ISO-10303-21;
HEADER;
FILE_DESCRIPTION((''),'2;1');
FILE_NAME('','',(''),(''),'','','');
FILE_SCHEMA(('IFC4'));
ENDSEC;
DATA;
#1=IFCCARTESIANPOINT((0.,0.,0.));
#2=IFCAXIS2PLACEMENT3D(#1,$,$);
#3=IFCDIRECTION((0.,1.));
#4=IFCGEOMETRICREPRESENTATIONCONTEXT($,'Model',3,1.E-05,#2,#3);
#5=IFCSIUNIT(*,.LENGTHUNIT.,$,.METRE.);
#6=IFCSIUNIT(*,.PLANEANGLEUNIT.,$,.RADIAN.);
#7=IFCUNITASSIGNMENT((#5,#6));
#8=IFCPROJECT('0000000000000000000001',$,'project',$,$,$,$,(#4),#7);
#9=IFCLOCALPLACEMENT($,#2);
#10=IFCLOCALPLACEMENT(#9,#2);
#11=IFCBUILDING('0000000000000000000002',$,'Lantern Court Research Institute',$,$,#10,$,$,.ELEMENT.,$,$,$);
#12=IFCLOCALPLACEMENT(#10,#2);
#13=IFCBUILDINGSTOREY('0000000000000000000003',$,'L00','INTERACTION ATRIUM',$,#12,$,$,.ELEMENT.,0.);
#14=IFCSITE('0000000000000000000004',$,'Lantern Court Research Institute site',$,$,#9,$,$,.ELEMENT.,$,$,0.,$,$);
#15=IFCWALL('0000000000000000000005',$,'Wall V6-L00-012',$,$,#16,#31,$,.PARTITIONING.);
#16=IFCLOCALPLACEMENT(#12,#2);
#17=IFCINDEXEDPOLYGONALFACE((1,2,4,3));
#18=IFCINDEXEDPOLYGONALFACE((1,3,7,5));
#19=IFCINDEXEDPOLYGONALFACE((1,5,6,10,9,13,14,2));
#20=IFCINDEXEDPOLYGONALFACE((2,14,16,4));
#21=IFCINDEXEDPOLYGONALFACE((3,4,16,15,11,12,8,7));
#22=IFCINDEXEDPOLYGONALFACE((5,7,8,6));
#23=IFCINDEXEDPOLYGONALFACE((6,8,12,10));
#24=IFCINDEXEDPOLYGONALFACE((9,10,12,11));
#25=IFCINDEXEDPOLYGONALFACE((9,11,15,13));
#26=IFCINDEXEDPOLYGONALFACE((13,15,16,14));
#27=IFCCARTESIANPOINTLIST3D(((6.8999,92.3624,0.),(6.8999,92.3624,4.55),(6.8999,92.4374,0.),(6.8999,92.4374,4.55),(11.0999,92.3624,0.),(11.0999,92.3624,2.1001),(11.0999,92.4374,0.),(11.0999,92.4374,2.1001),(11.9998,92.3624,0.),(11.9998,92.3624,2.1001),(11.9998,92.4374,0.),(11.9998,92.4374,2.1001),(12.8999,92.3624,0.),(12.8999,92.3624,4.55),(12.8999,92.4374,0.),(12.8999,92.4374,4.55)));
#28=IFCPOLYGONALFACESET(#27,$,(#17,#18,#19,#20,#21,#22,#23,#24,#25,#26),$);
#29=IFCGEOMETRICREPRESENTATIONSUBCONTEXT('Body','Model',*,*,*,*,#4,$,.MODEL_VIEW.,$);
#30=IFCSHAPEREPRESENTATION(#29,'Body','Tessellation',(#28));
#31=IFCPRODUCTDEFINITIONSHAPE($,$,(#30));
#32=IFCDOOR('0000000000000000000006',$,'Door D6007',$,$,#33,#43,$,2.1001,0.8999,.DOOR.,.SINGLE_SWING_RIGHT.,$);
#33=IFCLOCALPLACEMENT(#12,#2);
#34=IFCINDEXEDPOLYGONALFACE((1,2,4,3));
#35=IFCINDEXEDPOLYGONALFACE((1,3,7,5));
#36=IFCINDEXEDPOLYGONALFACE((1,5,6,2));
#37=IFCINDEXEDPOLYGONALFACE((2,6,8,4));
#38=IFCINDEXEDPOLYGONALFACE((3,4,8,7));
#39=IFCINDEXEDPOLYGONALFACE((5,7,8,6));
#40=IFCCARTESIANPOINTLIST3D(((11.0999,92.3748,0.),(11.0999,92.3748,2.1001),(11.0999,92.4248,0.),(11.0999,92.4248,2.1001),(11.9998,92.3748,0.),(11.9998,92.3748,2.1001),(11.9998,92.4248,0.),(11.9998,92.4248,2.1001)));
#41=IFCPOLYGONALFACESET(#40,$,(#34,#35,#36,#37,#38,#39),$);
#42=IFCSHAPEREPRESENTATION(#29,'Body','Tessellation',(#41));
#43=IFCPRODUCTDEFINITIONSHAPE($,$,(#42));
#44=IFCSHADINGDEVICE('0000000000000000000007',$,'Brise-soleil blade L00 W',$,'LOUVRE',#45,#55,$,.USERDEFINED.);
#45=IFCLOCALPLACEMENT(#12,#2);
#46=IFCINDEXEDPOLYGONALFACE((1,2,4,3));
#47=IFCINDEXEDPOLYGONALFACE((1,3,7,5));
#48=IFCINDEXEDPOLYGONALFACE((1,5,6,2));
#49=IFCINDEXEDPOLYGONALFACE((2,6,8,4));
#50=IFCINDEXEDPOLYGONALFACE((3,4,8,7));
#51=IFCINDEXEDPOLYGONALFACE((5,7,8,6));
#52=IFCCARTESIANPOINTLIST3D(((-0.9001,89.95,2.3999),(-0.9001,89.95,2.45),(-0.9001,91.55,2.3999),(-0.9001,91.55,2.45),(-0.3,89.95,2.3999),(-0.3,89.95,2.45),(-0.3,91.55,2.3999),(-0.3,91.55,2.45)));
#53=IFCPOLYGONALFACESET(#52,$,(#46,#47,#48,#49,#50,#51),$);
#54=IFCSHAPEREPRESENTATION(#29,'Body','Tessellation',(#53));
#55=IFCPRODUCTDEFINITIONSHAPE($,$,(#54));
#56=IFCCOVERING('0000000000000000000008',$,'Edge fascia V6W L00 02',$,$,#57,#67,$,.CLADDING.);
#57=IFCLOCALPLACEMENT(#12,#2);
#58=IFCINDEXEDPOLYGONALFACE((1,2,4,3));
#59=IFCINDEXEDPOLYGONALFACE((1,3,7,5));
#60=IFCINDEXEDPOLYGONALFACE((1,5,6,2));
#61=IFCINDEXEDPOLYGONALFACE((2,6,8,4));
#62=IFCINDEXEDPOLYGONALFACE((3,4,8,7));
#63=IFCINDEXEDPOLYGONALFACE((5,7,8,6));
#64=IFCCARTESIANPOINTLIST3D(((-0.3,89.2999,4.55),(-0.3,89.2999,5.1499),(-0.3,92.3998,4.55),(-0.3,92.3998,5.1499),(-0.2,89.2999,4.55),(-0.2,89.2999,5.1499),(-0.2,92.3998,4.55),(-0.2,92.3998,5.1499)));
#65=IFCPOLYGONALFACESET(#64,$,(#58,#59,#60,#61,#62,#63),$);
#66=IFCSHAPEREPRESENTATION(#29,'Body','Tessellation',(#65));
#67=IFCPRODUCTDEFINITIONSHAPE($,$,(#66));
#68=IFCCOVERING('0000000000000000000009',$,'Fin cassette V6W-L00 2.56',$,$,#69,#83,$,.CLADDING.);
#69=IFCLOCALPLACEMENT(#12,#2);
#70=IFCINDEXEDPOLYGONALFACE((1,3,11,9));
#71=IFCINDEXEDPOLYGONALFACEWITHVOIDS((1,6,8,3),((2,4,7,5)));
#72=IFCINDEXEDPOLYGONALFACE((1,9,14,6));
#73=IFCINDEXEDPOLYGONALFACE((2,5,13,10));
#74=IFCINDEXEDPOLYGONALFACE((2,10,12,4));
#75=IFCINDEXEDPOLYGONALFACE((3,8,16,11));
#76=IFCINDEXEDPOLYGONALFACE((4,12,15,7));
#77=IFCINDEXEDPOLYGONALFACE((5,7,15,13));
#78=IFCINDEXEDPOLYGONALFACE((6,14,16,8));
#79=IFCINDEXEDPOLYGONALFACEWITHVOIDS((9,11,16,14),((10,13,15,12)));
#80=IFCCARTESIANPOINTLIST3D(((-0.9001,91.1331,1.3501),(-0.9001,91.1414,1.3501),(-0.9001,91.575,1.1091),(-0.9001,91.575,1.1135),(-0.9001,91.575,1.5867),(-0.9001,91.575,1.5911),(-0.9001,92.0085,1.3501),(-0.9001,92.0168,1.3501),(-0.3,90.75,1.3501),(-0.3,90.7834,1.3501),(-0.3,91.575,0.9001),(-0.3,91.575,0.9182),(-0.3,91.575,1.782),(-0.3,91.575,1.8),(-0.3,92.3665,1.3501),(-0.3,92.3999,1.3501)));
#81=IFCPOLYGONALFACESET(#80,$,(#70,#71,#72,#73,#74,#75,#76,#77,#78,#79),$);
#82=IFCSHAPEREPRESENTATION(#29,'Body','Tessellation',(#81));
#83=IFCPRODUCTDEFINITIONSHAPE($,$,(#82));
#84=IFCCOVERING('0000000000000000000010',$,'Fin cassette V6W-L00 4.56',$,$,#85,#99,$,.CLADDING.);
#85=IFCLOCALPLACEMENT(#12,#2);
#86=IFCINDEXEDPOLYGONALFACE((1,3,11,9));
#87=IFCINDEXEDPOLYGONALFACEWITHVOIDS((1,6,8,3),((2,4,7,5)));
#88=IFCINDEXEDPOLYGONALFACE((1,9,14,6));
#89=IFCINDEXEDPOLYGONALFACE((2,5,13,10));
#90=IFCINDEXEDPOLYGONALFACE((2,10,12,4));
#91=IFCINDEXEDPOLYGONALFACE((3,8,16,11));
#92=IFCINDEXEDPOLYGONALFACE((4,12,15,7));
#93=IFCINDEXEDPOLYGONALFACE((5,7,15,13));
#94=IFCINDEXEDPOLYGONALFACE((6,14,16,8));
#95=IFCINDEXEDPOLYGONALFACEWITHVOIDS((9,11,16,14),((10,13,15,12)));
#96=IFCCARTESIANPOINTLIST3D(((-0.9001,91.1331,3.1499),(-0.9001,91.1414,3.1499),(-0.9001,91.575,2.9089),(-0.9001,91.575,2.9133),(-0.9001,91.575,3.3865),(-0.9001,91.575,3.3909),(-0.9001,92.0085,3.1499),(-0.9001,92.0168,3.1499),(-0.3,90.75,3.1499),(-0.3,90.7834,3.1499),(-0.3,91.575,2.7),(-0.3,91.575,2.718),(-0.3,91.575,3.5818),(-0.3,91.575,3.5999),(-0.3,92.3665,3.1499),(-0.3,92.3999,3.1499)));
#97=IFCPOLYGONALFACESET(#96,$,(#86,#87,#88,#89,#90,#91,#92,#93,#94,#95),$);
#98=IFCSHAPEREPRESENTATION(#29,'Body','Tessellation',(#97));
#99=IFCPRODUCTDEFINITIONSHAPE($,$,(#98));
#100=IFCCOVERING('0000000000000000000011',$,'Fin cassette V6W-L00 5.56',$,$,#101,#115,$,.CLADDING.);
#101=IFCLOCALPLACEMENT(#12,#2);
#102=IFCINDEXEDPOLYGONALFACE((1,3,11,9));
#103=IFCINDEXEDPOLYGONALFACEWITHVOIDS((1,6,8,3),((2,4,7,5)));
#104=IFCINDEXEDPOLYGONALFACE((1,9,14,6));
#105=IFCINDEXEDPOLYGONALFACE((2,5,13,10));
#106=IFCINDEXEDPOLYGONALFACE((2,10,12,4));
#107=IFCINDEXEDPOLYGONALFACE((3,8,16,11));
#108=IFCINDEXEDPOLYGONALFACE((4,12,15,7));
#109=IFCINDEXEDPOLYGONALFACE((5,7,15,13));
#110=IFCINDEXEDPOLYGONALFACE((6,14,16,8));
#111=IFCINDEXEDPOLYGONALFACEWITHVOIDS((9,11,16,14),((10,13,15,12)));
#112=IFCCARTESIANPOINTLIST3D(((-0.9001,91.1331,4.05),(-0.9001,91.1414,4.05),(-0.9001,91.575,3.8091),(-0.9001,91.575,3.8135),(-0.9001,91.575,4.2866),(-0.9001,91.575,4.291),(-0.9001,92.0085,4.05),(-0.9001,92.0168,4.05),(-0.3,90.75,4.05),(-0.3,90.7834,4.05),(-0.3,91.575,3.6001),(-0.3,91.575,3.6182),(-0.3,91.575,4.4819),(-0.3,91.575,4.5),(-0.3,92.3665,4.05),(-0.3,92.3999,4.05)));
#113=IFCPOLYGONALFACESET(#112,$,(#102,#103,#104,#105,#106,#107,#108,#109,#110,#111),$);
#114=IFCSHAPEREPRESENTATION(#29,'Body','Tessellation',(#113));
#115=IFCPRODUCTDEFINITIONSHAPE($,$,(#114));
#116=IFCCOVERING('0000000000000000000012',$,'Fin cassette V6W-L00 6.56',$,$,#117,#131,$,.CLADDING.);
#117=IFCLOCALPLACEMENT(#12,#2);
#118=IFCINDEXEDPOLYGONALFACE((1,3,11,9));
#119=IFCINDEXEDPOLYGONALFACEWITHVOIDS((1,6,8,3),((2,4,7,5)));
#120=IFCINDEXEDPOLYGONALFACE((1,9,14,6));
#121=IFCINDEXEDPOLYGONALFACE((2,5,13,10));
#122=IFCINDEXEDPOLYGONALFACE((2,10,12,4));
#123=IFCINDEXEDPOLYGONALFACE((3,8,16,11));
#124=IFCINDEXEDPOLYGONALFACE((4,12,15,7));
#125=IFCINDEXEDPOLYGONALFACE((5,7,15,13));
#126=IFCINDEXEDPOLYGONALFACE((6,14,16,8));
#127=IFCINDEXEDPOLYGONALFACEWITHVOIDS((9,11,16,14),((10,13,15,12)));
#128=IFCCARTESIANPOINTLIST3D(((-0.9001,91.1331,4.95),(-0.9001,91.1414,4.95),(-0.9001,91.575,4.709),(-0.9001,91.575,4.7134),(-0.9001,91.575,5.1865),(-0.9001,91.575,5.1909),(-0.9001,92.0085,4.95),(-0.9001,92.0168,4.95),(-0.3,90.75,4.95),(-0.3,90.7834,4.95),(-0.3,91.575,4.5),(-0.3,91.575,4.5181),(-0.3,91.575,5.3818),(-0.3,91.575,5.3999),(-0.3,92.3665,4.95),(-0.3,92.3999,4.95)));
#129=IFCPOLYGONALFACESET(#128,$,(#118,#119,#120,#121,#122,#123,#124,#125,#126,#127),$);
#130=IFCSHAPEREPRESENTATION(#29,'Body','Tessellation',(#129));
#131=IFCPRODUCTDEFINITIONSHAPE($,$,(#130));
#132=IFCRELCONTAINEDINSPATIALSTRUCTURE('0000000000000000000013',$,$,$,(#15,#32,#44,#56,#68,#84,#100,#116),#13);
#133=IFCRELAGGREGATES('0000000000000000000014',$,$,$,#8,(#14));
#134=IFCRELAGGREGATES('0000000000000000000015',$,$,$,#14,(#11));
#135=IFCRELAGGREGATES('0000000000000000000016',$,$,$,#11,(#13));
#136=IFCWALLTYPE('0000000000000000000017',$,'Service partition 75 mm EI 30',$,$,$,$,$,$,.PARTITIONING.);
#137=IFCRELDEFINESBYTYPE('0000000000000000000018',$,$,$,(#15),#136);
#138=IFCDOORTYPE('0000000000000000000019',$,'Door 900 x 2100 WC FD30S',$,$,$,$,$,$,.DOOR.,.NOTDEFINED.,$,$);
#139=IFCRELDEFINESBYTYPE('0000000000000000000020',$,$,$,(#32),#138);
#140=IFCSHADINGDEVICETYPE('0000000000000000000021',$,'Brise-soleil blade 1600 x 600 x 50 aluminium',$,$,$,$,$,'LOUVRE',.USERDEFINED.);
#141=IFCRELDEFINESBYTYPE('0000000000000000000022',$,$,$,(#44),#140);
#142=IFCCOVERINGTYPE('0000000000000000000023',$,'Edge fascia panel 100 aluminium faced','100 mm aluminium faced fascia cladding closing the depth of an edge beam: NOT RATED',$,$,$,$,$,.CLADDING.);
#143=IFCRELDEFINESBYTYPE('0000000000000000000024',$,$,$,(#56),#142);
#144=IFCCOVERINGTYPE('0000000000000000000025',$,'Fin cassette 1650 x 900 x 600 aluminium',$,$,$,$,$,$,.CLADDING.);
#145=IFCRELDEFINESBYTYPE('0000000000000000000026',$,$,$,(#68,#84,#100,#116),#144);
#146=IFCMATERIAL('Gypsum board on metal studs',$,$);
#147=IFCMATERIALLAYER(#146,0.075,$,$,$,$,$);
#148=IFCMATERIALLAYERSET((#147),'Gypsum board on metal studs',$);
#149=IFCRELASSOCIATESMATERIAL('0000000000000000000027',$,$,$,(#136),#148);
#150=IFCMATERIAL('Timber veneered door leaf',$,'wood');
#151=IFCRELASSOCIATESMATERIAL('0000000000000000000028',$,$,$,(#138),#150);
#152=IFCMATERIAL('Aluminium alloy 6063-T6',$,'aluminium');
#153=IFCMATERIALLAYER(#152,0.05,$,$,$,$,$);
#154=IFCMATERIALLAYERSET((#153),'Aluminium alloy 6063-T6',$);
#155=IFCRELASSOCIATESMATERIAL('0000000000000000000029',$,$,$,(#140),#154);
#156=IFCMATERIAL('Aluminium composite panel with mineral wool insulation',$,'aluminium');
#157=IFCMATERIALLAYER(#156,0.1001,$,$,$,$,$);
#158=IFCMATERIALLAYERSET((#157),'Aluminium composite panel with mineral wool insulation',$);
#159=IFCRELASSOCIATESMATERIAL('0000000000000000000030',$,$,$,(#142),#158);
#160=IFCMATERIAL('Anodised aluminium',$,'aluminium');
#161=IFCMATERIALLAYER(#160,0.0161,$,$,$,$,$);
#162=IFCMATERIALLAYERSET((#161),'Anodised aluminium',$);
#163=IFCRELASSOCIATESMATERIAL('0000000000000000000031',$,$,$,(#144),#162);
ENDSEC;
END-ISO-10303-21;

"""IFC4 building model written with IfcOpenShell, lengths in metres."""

from ifc_helpers import new_model, entity, si_unit, direction, frame, frame_2d, origin, origin_2d, place, context, subcontext, project, spatial, rectangle, extrude, material, layer, layer_set, type_object, element, fill, save


model = new_model("IFC4")

# Units and contexts
model_context = context("Model", 3, precision=1e-05, world=origin(), true_north=direction((0.0, 1.0)))
body_context = subcontext(model_context, "Body", "Model", "MODEL_VIEW")
ifc_project = project(units=[si_unit("LENGTHUNIT", "METRE"), si_unit("PLANEANGLEUNIT", "RADIAN")], contexts=[model_context])

# Site, building, storey
site_placement = place(None, origin())
site = spatial("IfcSite", under=ifc_project, at=site_placement, Name="Lantern Court Research Institute site", CompositionType="ELEMENT", RefElevation=0.0)
building_placement = place(site_placement, origin())
building = spatial("IfcBuilding", under=site, at=building_placement, Name="Lantern Court Research Institute", CompositionType="ELEMENT")
storey_placement = place(building_placement, origin())
storey = spatial("IfcBuildingStorey", under=building, at=storey_placement, Name="L00", Description="INTERACTION ATRIUM", CompositionType="ELEMENT", Elevation=0.0)

# Wall, opening, door
ifc_material_1 = material(Name="Gypsum board on metal studs")
ifc_layer_1 = layer(ifc_material_1, 0.075)
ifc_layer_set_1 = layer_set([ifc_layer_1], Name="Gypsum board on metal studs")
wall_type_1 = type_object("IfcWallType", Name="Service partition 75 mm EI 30", PredefinedType="PARTITIONING", material=ifc_layer_set_1)
wall_1_placement = place(storey_placement, frame((6.8999, 92.3999, 0.0), z_axis=(0.0, 0.0, 1.0), x_axis=(1.0, 0.0, 0.0)))
wall_1 = element("IfcWall", 1, at=wall_1_placement, inside=storey, type_object=wall_type_1, Name="Wall V6-L00-012", PredefinedType="PARTITIONING", context=body_context, shape_type="SweptSolid", body=[
    extrude(rectangle(XDim=6.0, YDim=0.075, at=frame_2d((3.0, 0.0))), origin(), (0.0, 0.0, 1.0), 4.55),
])
opening_1_placement = place(wall_1_placement, frame((4.2, 0.0, 0.0)))
opening_1 = element("IfcOpeningElement", 2, at=opening_1_placement, cuts=wall_1, PredefinedType="OPENING", context=body_context, shape_type="SweptSolid", body=[
    extrude(rectangle(XDim=0.8999, YDim=2.1001, at=frame_2d((0.45, 1.05))), frame((0.0, 0.0474, 0.0), z_axis=(0.0, -1.0, 0.0), x_axis=(1.0, 0.0, 0.0)), (0.0, 0.0, 1.0), 0.095),
])
ifc_material_2 = material(Name="Timber veneered door leaf", Category="wood")
door_type_1 = type_object("IfcDoorType", Name="Door 900 x 2100 WC FD30S", OperationType="NOTDEFINED", PredefinedType="DOOR", material=ifc_material_2)
door_1_placement = place(opening_1_placement, origin())
door_1 = element("IfcDoor", 3, at=door_1_placement, inside=storey, type_object=door_type_1, Name="Door D6007", OperationType="SINGLE_SWING_RIGHT", OverallHeight=2.1001, OverallWidth=0.8999, PredefinedType="DOOR", context=body_context, shape_type="SweptSolid", body=[
    extrude(rectangle(XDim=0.8999, YDim=2.1001, at=frame_2d((0.45, 1.05))), frame((0.0, 0.0249, 0.0), z_axis=(0.0, -1.0, 0.0), x_axis=(1.0, 0.0, 0.0)), (0.0, 0.0, 1.0), 0.05),
])
fill(opening_1, door_1)

# Shading device
ifc_material_3 = material(Name="Aluminium alloy 6063-T6", Category="aluminium")
ifc_layer_2 = layer(ifc_material_3, 0.05)
ifc_layer_set_2 = layer_set([ifc_layer_2], Name="Aluminium alloy 6063-T6")
shading_device_type = type_object("IfcShadingDeviceType", Name="Brise-soleil blade 1600 x 600 x 50 aluminium", ElementType="LOUVRE", PredefinedType="USERDEFINED", material=ifc_layer_set_2)
shading_device_placement = place(storey_placement, frame((-0.6001, 90.75, 2.3999), z_axis=(0.0, 0.0, 1.0), x_axis=(0.0, 1.0, 0.0)))
element("IfcShadingDevice", 4, at=shading_device_placement, inside=storey, type_object=shading_device_type, Name="Brise-soleil blade L00 W", ObjectType="LOUVRE", PredefinedType="USERDEFINED", context=body_context, shape_type="SweptSolid", body=[
    extrude(rectangle(XDim=1.6001, YDim=0.6001, at=origin_2d()), origin(), (0.0, 0.0, 1.0), 0.05),
])

# Coverings
ifc_material_4 = material(Name="Aluminium composite panel with mineral wool insulation", Category="aluminium")
ifc_layer_3 = layer(ifc_material_4, 0.1001)
ifc_layer_set_3 = layer_set([ifc_layer_3], Name="Aluminium composite panel with mineral wool insulation")
covering_type_1 = type_object("IfcCoveringType", Name="Edge fascia panel 100 aluminium faced", Description="100 mm aluminium faced fascia cladding closing the depth of an edge beam: NOT RATED", PredefinedType="CLADDING", material=ifc_layer_set_3)
covering_1_placement = place(storey_placement, frame((-0.25, 89.3, 4.55), z_axis=(0.0, 0.0, 1.0), x_axis=(0.0, 1.0, 0.0)))
element("IfcCovering", 5, at=covering_1_placement, inside=storey, type_object=covering_type_1, Name="Edge fascia V6W L00 02", PredefinedType="CLADDING", context=body_context, shape_type="SweptSolid", body=[
    extrude(rectangle(XDim=3.0999, YDim=0.1001, at=frame_2d((1.5498, 0.0))), origin(), (0.0, 0.0, 1.0), 0.5999),
])
ifc_material_5 = material(Name="Anodised aluminium", Category="aluminium")
ifc_layer_4 = layer(ifc_material_5, 0.0161)
ifc_layer_set_4 = layer_set([ifc_layer_4], Name="Anodised aluminium")
covering_type_2 = type_object("IfcCoveringType", Name="Fin cassette 1650 x 900 x 600 aluminium", PredefinedType="CLADDING", material=ifc_layer_set_4)
covering_2_placement = place(storey_placement, frame((-0.3, 91.575, 1.3501), z_axis=(-1.0, 0.0, 0.0), x_axis=(0.0, -1.0, 0.0)))
cartesian_point_1 = entity("IfcCartesianPoint", [0.825, 0.0])
cartesian_point_2 = entity("IfcCartesianPoint", [0.7915, 0.0])
cartesian_point_3 = entity("IfcCartesianPoint", [0.4419, 0.0])
cartesian_point_4 = entity("IfcCartesianPoint", [0.4336, 0.0])
element("IfcCovering", 6, at=covering_2_placement, inside=storey, type_object=covering_type_2, Name="Fin cassette V6W-L00 2.56", PredefinedType="CLADDING", context=body_context, shape_type="SweptSolid", body=[
    entity("IfcExtrudedAreaSolidTapered", entity("IfcArbitraryProfileDefWithVoids", "AREA", None, entity("IfcPolyline", [cartesian_point_1, entity("IfcCartesianPoint", [0.0, 0.45]), entity("IfcCartesianPoint", [-0.825, 0.0]), entity("IfcCartesianPoint", [0.0, -0.45]), cartesian_point_1]), [entity("IfcPolyline", [cartesian_point_2, entity("IfcCartesianPoint", [0.0, 0.4319]), entity("IfcCartesianPoint", [-0.7915, 0.0]), entity("IfcCartesianPoint", [0.0, -0.4319]), cartesian_point_2])]), entity("IfcAxis2Placement3D", entity("IfcCartesianPoint", [0.0, 0.0, 0.0])), entity("IfcDirection", [0.0, 0.0, 1.0]), 0.6001, entity("IfcArbitraryProfileDefWithVoids", "AREA", None, entity("IfcPolyline", [cartesian_point_3, entity("IfcCartesianPoint", [0.0, 0.241]), entity("IfcCartesianPoint", [-0.4419, 0.0]), entity("IfcCartesianPoint", [0.0, -0.241]), cartesian_point_3]), [entity("IfcPolyline", [cartesian_point_4, entity("IfcCartesianPoint", [0.0, 0.2366]), entity("IfcCartesianPoint", [-0.4336, 0.0]), entity("IfcCartesianPoint", [0.0, -0.2366]), cartesian_point_4])])),
])
covering_3_placement = place(storey_placement, frame((-0.3, 91.575, 3.1499), z_axis=(-1.0, 0.0, 0.0), x_axis=(0.0, -1.0, 0.0)))
cartesian_point_5 = entity("IfcCartesianPoint", [0.825, 0.0])
cartesian_point_6 = entity("IfcCartesianPoint", [0.7915, 0.0])
cartesian_point_7 = entity("IfcCartesianPoint", [0.4419, 0.0])
cartesian_point_8 = entity("IfcCartesianPoint", [0.4336, 0.0])
element("IfcCovering", 7, at=covering_3_placement, inside=storey, type_object=covering_type_2, Name="Fin cassette V6W-L00 4.56", PredefinedType="CLADDING", context=body_context, shape_type="SweptSolid", body=[
    entity("IfcExtrudedAreaSolidTapered", entity("IfcArbitraryProfileDefWithVoids", "AREA", None, entity("IfcPolyline", [cartesian_point_5, entity("IfcCartesianPoint", [0.0, 0.45]), entity("IfcCartesianPoint", [-0.825, 0.0]), entity("IfcCartesianPoint", [0.0, -0.45]), cartesian_point_5]), [entity("IfcPolyline", [cartesian_point_6, entity("IfcCartesianPoint", [0.0, 0.4319]), entity("IfcCartesianPoint", [-0.7915, 0.0]), entity("IfcCartesianPoint", [0.0, -0.4319]), cartesian_point_6])]), entity("IfcAxis2Placement3D", entity("IfcCartesianPoint", [0.0, 0.0, 0.0])), entity("IfcDirection", [0.0, 0.0, 1.0]), 0.6001, entity("IfcArbitraryProfileDefWithVoids", "AREA", None, entity("IfcPolyline", [cartesian_point_7, entity("IfcCartesianPoint", [0.0, 0.241]), entity("IfcCartesianPoint", [-0.4419, 0.0]), entity("IfcCartesianPoint", [0.0, -0.241]), cartesian_point_7]), [entity("IfcPolyline", [cartesian_point_8, entity("IfcCartesianPoint", [0.0, 0.2366]), entity("IfcCartesianPoint", [-0.4336, 0.0]), entity("IfcCartesianPoint", [0.0, -0.2366]), cartesian_point_8])])),
])
covering_4_placement = place(storey_placement, frame((-0.3, 91.575, 4.05), z_axis=(-1.0, 0.0, 0.0), x_axis=(0.0, -1.0, 0.0)))
cartesian_point_9 = entity("IfcCartesianPoint", [0.825, 0.0])
cartesian_point_10 = entity("IfcCartesianPoint", [0.7915, 0.0])
cartesian_point_11 = entity("IfcCartesianPoint", [0.4419, 0.0])
cartesian_point_12 = entity("IfcCartesianPoint", [0.4336, 0.0])
element("IfcCovering", 8, at=covering_4_placement, inside=storey, type_object=covering_type_2, Name="Fin cassette V6W-L00 5.56", PredefinedType="CLADDING", context=body_context, shape_type="SweptSolid", body=[
    entity("IfcExtrudedAreaSolidTapered", entity("IfcArbitraryProfileDefWithVoids", "AREA", None, entity("IfcPolyline", [cartesian_point_9, entity("IfcCartesianPoint", [0.0, 0.45]), entity("IfcCartesianPoint", [-0.825, 0.0]), entity("IfcCartesianPoint", [0.0, -0.45]), cartesian_point_9]), [entity("IfcPolyline", [cartesian_point_10, entity("IfcCartesianPoint", [0.0, 0.4319]), entity("IfcCartesianPoint", [-0.7915, 0.0]), entity("IfcCartesianPoint", [0.0, -0.4319]), cartesian_point_10])]), entity("IfcAxis2Placement3D", entity("IfcCartesianPoint", [0.0, 0.0, 0.0])), entity("IfcDirection", [0.0, 0.0, 1.0]), 0.6001, entity("IfcArbitraryProfileDefWithVoids", "AREA", None, entity("IfcPolyline", [cartesian_point_11, entity("IfcCartesianPoint", [0.0, 0.241]), entity("IfcCartesianPoint", [-0.4419, 0.0]), entity("IfcCartesianPoint", [0.0, -0.241]), cartesian_point_11]), [entity("IfcPolyline", [cartesian_point_12, entity("IfcCartesianPoint", [0.0, 0.2366]), entity("IfcCartesianPoint", [-0.4336, 0.0]), entity("IfcCartesianPoint", [0.0, -0.2366]), cartesian_point_12])])),
])
covering_5_placement = place(storey_placement, frame((-0.3, 91.575, 4.95), z_axis=(-1.0, 0.0, 0.0), x_axis=(0.0, -1.0, 0.0)))
cartesian_point_13 = entity("IfcCartesianPoint", [0.825, 0.0])
cartesian_point_14 = entity("IfcCartesianPoint", [0.7915, 0.0])
cartesian_point_15 = entity("IfcCartesianPoint", [0.4419, 0.0])
cartesian_point_16 = entity("IfcCartesianPoint", [0.4336, 0.0])
element("IfcCovering", 9, at=covering_5_placement, inside=storey, type_object=covering_type_2, Name="Fin cassette V6W-L00 6.56", PredefinedType="CLADDING", context=body_context, shape_type="SweptSolid", body=[
    entity("IfcExtrudedAreaSolidTapered", entity("IfcArbitraryProfileDefWithVoids", "AREA", None, entity("IfcPolyline", [cartesian_point_13, entity("IfcCartesianPoint", [0.0, 0.45]), entity("IfcCartesianPoint", [-0.825, 0.0]), entity("IfcCartesianPoint", [0.0, -0.45]), cartesian_point_13]), [entity("IfcPolyline", [cartesian_point_14, entity("IfcCartesianPoint", [0.0, 0.4319]), entity("IfcCartesianPoint", [-0.7915, 0.0]), entity("IfcCartesianPoint", [0.0, -0.4319]), cartesian_point_14])]), entity("IfcAxis2Placement3D", entity("IfcCartesianPoint", [0.0, 0.0, 0.0])), entity("IfcDirection", [0.0, 0.0, 1.0]), 0.6001, entity("IfcArbitraryProfileDefWithVoids", "AREA", None, entity("IfcPolyline", [cartesian_point_15, entity("IfcCartesianPoint", [0.0, 0.241]), entity("IfcCartesianPoint", [-0.4419, 0.0]), entity("IfcCartesianPoint", [0.0, -0.241]), cartesian_point_15]), [entity("IfcPolyline", [cartesian_point_16, entity("IfcCartesianPoint", [0.0, 0.2366]), entity("IfcCartesianPoint", [-0.4336, 0.0]), entity("IfcCartesianPoint", [0.0, -0.2366]), cartesian_point_16])])),
])

save(model, "model.ifc")
